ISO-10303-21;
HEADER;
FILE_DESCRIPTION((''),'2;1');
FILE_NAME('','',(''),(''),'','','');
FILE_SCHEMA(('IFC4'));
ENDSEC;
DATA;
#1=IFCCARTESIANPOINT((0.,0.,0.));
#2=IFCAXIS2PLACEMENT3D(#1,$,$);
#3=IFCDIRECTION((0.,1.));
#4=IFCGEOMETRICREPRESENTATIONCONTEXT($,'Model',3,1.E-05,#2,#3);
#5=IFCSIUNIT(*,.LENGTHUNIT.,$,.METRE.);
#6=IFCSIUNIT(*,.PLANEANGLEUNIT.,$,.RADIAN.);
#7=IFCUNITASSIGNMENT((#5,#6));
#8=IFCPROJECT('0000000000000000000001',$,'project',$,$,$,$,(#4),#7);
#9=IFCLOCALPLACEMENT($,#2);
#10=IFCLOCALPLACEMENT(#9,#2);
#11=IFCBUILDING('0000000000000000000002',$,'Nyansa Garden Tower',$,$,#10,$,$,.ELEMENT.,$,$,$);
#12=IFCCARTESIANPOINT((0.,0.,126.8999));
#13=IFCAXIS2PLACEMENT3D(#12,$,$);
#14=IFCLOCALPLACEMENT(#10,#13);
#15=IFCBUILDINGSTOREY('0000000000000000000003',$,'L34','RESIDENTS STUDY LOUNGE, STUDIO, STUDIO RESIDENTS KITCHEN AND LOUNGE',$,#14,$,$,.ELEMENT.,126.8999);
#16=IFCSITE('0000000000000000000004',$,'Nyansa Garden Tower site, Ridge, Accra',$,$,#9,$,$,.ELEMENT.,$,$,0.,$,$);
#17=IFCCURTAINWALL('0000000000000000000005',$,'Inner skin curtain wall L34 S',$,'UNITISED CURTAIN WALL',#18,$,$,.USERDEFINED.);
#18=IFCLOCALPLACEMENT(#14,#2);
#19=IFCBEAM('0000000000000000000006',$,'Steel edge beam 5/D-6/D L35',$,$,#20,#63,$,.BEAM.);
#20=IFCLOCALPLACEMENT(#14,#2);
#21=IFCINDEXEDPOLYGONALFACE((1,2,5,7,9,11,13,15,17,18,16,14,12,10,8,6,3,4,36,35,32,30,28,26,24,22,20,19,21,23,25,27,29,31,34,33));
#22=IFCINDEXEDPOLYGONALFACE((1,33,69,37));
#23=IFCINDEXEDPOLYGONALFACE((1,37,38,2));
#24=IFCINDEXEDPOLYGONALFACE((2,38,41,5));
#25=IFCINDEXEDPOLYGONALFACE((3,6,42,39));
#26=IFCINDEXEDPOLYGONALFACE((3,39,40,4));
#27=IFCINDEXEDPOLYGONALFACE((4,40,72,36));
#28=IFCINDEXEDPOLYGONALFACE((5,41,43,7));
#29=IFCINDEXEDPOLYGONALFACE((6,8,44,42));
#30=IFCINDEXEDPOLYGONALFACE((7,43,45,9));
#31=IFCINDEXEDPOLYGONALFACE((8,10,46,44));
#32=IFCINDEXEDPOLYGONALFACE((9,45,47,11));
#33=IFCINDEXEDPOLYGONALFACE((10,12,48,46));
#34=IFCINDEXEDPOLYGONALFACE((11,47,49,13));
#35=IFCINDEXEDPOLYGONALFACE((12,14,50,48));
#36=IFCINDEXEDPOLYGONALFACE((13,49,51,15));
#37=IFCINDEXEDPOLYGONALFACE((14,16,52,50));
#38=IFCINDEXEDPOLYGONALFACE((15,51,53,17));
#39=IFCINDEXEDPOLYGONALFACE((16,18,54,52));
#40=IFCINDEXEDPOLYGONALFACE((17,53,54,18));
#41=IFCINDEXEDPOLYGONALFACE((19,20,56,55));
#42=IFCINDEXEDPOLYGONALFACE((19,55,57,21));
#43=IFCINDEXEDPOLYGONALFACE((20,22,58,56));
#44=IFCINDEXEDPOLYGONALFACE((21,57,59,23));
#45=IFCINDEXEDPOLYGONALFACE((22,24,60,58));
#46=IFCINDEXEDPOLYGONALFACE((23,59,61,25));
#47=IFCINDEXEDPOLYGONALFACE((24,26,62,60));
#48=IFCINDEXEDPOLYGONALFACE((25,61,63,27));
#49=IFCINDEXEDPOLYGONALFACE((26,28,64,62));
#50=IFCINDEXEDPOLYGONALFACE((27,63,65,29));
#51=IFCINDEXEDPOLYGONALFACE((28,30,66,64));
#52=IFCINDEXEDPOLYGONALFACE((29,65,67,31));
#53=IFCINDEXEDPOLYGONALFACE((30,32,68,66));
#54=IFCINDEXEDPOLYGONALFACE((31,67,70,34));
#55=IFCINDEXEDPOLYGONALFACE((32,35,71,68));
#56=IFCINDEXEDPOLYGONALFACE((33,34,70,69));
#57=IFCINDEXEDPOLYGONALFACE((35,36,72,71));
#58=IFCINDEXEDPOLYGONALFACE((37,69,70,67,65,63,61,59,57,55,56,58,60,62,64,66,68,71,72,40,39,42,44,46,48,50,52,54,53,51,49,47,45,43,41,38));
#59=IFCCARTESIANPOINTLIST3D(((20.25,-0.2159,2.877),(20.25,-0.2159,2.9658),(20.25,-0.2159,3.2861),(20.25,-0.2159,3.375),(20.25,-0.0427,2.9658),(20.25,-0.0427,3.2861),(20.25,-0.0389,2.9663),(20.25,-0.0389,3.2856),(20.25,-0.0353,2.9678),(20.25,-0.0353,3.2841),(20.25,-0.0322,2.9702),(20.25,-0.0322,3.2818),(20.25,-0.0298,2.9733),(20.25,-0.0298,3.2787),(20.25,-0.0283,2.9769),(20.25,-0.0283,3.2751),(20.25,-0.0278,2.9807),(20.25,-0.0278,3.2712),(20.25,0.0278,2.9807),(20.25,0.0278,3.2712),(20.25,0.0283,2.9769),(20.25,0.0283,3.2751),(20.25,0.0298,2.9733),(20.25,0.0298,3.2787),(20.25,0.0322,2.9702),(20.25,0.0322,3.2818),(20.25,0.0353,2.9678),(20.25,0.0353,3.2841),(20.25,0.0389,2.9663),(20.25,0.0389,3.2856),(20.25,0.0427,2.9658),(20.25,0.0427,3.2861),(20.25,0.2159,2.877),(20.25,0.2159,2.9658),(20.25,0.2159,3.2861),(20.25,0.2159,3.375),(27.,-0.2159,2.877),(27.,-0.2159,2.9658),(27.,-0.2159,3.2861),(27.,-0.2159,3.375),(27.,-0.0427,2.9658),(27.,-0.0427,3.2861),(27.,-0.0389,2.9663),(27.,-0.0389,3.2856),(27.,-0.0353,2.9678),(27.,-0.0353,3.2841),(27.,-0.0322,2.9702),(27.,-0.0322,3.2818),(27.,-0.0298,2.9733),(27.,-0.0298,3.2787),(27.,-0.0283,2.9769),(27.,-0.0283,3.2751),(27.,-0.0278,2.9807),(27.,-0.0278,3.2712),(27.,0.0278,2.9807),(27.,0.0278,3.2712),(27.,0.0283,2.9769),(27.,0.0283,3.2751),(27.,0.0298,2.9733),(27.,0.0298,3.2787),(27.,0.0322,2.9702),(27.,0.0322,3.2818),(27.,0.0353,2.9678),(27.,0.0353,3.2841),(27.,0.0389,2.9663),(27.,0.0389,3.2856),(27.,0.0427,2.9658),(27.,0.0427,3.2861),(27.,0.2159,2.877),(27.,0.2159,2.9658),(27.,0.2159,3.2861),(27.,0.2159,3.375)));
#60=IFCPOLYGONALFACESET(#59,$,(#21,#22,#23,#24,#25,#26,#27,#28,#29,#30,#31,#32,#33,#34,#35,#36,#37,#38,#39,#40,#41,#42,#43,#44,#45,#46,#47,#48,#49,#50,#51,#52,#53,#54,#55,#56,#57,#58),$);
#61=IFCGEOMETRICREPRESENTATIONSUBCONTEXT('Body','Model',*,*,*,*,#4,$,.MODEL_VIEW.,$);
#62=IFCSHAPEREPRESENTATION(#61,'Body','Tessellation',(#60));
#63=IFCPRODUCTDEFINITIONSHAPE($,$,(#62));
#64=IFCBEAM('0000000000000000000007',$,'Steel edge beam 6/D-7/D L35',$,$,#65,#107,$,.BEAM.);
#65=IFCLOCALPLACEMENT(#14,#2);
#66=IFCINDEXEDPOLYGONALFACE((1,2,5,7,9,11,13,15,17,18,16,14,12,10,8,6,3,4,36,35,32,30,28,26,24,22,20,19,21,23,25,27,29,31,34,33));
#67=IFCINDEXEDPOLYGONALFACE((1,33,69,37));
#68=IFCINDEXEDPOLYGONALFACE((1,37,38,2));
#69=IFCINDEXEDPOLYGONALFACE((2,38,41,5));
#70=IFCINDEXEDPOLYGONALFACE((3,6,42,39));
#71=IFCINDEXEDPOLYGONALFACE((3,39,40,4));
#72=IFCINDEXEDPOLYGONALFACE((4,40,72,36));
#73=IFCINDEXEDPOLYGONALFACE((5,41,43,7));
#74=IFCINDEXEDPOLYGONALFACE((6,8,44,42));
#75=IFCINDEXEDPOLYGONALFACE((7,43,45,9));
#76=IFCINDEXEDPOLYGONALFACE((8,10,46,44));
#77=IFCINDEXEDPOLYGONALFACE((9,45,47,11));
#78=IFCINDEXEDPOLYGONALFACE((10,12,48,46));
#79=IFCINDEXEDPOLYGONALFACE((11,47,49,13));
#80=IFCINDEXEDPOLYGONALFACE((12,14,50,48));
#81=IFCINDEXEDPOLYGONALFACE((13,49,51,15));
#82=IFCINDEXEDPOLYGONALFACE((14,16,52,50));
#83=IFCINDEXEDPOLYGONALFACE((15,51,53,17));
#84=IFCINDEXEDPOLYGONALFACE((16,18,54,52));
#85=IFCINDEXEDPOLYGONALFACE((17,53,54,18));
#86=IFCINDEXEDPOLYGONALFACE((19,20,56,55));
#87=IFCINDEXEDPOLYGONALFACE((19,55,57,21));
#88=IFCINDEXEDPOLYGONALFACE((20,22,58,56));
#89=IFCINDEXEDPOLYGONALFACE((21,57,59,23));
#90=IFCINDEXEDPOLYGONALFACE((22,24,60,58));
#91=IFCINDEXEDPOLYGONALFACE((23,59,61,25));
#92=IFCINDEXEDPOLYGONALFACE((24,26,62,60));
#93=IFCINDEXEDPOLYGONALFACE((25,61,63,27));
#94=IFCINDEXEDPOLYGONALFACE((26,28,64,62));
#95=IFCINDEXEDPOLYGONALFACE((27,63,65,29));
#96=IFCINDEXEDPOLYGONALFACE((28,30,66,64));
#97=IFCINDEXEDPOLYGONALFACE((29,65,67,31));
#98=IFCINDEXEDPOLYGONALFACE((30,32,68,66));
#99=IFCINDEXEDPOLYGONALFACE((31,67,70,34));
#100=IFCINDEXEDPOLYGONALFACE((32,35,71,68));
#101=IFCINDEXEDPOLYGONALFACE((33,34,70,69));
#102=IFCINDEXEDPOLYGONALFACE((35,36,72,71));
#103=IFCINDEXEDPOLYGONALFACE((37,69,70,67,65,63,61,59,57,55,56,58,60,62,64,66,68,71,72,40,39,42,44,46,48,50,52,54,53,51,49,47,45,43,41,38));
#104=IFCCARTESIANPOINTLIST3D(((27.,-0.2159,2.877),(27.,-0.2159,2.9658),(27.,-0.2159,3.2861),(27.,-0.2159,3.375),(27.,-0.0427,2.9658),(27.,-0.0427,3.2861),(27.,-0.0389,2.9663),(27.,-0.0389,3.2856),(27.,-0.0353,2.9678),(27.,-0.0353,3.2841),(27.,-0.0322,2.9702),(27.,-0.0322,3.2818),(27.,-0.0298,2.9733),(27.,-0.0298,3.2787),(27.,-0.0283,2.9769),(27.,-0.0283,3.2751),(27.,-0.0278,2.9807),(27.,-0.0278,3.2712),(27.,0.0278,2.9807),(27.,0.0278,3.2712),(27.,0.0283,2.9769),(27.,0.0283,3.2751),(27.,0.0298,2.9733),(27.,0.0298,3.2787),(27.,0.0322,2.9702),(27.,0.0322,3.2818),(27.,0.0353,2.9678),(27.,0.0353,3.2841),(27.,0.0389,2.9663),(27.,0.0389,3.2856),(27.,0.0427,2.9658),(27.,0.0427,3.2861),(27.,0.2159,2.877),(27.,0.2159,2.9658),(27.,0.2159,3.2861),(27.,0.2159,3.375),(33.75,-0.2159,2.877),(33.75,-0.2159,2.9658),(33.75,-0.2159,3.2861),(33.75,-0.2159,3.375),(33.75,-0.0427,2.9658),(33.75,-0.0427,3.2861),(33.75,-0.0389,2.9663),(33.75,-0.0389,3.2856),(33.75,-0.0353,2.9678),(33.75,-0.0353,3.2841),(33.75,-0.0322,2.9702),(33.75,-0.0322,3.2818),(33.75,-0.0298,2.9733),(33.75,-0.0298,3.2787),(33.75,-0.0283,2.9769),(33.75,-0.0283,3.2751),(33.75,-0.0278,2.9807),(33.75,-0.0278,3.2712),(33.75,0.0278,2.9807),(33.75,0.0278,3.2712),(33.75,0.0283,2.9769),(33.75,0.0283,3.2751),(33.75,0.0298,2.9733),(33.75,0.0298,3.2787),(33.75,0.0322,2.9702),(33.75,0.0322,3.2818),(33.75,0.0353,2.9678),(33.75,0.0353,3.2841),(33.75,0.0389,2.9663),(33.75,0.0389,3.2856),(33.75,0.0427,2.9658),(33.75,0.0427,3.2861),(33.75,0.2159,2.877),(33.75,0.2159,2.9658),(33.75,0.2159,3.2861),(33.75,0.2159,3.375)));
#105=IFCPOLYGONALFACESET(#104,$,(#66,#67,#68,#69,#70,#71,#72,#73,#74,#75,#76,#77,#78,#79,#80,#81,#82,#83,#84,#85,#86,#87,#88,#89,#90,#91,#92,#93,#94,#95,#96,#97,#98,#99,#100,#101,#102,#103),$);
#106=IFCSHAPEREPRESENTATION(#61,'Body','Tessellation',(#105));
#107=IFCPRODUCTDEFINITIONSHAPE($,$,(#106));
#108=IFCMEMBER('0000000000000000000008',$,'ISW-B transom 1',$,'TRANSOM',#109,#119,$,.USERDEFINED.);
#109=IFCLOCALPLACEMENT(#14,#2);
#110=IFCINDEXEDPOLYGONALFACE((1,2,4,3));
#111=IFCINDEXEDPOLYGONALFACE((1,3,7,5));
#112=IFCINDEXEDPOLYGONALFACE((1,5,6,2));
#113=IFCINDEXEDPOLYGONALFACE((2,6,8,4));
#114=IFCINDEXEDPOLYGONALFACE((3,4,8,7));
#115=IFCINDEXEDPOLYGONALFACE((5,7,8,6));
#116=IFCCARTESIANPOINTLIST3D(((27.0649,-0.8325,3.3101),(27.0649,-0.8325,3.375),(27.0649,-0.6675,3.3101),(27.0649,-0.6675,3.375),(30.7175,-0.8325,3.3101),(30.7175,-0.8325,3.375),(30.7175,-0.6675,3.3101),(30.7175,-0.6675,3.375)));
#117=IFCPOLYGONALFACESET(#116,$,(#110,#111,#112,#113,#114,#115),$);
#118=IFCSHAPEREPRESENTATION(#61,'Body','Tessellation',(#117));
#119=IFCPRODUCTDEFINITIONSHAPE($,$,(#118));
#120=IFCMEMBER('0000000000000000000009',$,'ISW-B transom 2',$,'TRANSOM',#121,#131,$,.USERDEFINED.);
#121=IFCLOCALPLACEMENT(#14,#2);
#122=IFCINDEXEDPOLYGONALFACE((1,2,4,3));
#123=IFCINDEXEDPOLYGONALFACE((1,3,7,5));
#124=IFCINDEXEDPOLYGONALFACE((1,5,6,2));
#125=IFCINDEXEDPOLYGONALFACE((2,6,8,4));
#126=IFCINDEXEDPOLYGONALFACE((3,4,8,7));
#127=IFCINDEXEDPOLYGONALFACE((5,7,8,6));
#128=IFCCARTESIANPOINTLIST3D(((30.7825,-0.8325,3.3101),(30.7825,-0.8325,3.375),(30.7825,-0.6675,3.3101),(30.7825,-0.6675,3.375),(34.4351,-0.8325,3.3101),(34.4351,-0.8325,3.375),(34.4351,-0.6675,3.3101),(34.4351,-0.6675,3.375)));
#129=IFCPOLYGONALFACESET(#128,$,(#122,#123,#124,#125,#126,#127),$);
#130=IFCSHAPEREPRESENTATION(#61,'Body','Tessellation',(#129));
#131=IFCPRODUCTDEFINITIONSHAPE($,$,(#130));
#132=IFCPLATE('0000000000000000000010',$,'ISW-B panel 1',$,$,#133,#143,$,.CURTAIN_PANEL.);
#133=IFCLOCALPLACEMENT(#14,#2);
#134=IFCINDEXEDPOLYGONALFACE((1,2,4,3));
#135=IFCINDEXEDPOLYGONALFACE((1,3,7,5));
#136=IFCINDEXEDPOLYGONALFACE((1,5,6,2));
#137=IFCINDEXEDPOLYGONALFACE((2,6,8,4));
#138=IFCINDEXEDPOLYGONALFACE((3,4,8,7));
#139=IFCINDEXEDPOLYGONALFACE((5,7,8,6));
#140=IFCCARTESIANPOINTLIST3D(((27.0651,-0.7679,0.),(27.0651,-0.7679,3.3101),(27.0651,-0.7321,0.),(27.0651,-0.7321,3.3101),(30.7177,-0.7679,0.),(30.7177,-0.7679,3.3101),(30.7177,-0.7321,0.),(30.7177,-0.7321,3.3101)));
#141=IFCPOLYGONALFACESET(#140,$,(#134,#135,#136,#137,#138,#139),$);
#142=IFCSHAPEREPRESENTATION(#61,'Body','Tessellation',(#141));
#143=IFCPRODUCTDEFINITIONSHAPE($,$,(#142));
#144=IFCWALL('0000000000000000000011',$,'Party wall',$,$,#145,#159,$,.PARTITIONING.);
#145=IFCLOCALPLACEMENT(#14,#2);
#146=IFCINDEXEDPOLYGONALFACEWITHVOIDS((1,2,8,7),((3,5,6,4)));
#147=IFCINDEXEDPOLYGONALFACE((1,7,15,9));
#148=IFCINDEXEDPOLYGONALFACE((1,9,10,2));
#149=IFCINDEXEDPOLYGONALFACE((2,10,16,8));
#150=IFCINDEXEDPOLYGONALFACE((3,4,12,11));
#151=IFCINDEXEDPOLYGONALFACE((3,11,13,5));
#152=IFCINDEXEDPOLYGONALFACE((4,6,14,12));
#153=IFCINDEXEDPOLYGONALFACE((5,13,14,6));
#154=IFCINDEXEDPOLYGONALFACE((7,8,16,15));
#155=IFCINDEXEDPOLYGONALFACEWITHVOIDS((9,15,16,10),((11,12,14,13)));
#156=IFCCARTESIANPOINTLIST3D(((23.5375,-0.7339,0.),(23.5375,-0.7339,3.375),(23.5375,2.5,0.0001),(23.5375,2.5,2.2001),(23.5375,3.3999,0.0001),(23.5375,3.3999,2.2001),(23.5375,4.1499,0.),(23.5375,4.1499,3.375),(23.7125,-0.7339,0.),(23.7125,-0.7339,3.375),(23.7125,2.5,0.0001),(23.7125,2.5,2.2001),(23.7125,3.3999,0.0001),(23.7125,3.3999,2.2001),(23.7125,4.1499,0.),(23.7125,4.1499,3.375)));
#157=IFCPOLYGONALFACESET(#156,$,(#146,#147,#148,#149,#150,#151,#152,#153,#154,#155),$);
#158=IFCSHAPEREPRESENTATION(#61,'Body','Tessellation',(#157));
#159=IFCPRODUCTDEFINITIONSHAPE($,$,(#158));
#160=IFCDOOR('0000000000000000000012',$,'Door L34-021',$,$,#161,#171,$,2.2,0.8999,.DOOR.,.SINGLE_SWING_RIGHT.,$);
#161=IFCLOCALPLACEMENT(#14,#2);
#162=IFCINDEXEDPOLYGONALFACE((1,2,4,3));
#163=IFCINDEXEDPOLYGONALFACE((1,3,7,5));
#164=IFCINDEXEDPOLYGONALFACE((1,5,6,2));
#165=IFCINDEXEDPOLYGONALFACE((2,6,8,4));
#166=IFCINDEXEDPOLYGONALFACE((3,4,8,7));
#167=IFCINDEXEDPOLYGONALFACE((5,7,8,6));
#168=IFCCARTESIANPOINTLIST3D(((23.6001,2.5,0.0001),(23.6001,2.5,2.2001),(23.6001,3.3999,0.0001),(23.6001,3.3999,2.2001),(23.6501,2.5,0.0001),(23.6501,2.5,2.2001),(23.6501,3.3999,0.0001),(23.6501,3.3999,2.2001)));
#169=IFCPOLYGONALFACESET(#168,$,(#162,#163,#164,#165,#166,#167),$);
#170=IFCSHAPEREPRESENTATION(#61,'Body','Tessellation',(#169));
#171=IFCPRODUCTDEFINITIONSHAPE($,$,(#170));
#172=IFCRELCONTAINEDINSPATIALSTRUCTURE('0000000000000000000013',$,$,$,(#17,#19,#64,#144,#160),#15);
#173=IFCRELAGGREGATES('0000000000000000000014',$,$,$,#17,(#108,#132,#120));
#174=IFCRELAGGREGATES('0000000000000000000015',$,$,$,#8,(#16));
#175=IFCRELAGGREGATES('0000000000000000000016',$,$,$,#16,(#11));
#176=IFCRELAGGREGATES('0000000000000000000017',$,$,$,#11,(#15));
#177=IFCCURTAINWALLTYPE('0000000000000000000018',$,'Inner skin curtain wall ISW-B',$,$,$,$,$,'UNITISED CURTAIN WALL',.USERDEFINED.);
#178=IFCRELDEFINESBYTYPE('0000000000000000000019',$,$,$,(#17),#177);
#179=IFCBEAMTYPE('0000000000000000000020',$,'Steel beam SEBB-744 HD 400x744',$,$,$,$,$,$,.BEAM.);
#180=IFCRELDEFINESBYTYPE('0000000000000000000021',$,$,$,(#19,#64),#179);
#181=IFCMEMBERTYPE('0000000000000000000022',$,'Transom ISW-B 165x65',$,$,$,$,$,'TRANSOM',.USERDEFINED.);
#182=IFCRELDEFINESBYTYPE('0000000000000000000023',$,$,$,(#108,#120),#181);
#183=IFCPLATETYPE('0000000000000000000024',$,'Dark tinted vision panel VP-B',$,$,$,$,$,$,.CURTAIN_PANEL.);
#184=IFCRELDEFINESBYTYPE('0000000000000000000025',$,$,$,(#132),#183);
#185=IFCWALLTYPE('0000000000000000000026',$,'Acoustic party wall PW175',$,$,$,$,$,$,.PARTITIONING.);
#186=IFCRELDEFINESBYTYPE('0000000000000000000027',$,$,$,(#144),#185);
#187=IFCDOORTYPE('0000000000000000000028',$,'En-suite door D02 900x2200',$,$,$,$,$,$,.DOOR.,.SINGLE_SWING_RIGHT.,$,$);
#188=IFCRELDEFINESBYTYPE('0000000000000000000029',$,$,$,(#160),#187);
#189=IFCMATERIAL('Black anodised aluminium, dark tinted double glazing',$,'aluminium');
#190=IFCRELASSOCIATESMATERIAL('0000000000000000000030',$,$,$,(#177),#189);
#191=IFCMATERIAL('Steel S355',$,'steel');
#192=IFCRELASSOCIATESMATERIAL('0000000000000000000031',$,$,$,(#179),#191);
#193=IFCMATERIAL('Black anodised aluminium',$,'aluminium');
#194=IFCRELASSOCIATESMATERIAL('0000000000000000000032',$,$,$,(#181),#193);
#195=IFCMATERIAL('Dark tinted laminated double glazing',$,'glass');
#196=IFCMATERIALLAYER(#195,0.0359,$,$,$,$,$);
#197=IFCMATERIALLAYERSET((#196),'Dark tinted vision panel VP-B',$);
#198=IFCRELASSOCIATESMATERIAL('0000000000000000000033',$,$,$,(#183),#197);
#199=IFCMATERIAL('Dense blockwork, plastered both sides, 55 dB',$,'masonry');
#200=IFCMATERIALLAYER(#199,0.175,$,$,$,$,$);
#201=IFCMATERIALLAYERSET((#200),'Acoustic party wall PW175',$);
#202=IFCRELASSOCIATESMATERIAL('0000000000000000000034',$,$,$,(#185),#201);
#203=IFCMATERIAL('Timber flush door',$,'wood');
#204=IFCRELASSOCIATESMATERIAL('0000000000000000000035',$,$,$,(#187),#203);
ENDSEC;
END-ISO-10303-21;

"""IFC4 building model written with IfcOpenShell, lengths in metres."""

from ifc_helpers import new_model, si_unit, direction, frame, frame_2d, origin, origin_2d, place, context, subcontext, project, spatial, rectangle, i_section, extrude, material, layer, layer_set, material_profile, profile_set, type_object, element, fill, aggregate, save


model = new_model("IFC4")

# Units and contexts
model_context = context("Model", 3, precision=1e-05, world=origin(), true_north=direction((0.0, 1.0)))
body_context = subcontext(model_context, "Body", "Model", "MODEL_VIEW")
ifc_project = project(units=[si_unit("LENGTHUNIT", "METRE"), si_unit("PLANEANGLEUNIT", "RADIAN")], contexts=[model_context])

# Site, building, storey
site_placement = place(None, origin())
site = spatial("IfcSite", under=ifc_project, at=site_placement, Name="Nyansa Garden Tower site, Ridge, Accra", CompositionType="ELEMENT", RefElevation=0.0)
building_placement = place(site_placement, origin())
building = spatial("IfcBuilding", under=site, at=building_placement, Name="Nyansa Garden Tower", CompositionType="ELEMENT")
storey_placement = place(building_placement, frame((0.0, 0.0, 126.8999)))
storey = spatial("IfcBuildingStorey", under=building, at=storey_placement, Name="L34", Description="RESIDENTS STUDY LOUNGE, STUDIO, STUDIO RESIDENTS KITCHEN AND LOUNGE", CompositionType="ELEMENT", Elevation=126.8999)

# Shared definitions
ifc_material_1 = material(Name="Black anodised aluminium, dark tinted double glazing", Category="aluminium")
curtain_wall_type = type_object("IfcCurtainWallType", Name="Inner skin curtain wall ISW-B", ElementType="UNITISED CURTAIN WALL", PredefinedType="USERDEFINED", material=ifc_material_1)

# Curtain wall
curtain_wall_1_placement = place(storey_placement, origin())
curtain_wall_1 = element("IfcCurtainWall", 1, at=curtain_wall_1_placement, inside=storey, type_object=curtain_wall_type, Name="Inner skin curtain wall L34 S", ObjectType="UNITISED CURTAIN WALL", PredefinedType="USERDEFINED")

# Beams
ifc_material_2 = material(Name="Steel S355", Category="steel")
ifc_material_profile_1 = material_profile(ifc_material_2, i_section(OverallWidth=0.4319, OverallDepth=0.498, WebThickness=0.0557, FlangeThickness=0.0889, FilletRadius=0.0149, at=origin_2d()), Name="HD 400x744")
ifc_profile_set_1 = profile_set([ifc_material_profile_1], Name="Steel S355")
beam_type_1 = type_object("IfcBeamType", Name="Steel beam SEBB-744 HD 400x744", PredefinedType="BEAM", material=ifc_profile_set_1)
for number, where, z_axis, x_axis, name in (
    (2, (20.25, 0.0, 3.126), (1.0, 0.0, 0.0), (0.0, 1.0, 0.0), "Steel edge beam 5/D-6/D L35"),
    (3, (27.0, 0.0, 3.126), (1.0, 0.0, 0.0), (0.0, 1.0, 0.0), "Steel edge beam 6/D-7/D L35"),
):
    element("IfcBeam", number, at=place(storey_placement, frame(where, z_axis=z_axis, x_axis=x_axis)), inside=storey, type_object=beam_type_1, Name=name, PredefinedType="BEAM", context=body_context, shape_type="SweptSolid", body=[
        extrude(i_section(OverallWidth=0.4319, OverallDepth=0.498, WebThickness=0.0557, FlangeThickness=0.0889, FilletRadius=0.0149, at=origin_2d()), origin(), (0.0, 0.0, 1.0), 6.75),
    ])

# Members
ifc_material_3 = material(Name="Black anodised aluminium", Category="aluminium")
ifc_material_profile_2 = material_profile(ifc_material_3, rectangle(XDim=0.165, YDim=0.0649, at=origin_2d()), Name="Transom 165x65")
ifc_profile_set_2 = profile_set([ifc_material_profile_2], Name="Black anodised aluminium")
member_type_1 = type_object("IfcMemberType", Name="Transom ISW-B 165x65", ElementType="TRANSOM", PredefinedType="USERDEFINED", material=ifc_profile_set_2)
member_1_placement = place(storey_placement, frame((27.0649, -0.75, 3.3425), z_axis=(1.0, 0.0, 0.0), x_axis=(0.0, 1.0, 0.0)))
member_1 = element("IfcMember", 4, at=member_1_placement, type_object=member_type_1, Name="ISW-B transom 1", ObjectType="TRANSOM", PredefinedType="USERDEFINED", context=body_context, shape_type="SweptSolid", body=[
    extrude(rectangle(XDim=0.165, YDim=0.0649, at=origin_2d()), origin(), (0.0, 0.0, 1.0), 3.6526),
])
member_2_placement = place(storey_placement, frame((30.7825, -0.75, 3.3425), z_axis=(1.0, 0.0, 0.0), x_axis=(0.0, 1.0, 0.0)))
member_2 = element("IfcMember", 5, at=member_2_placement, type_object=member_type_1, Name="ISW-B transom 2", ObjectType="TRANSOM", PredefinedType="USERDEFINED", context=body_context, shape_type="SweptSolid", body=[
    extrude(rectangle(XDim=0.165, YDim=0.0649, at=origin_2d()), origin(), (0.0, 0.0, 1.0), 3.6526),
])

# Plate
ifc_material_4 = material(Name="Dark tinted laminated double glazing", Category="glass")
ifc_layer_1 = layer(ifc_material_4, 0.0359)
ifc_layer_set_1 = layer_set([ifc_layer_1], Name="Dark tinted vision panel VP-B")
plate_type = type_object("IfcPlateType", Name="Dark tinted vision panel VP-B", PredefinedType="CURTAIN_PANEL", material=ifc_layer_set_1)
plate_placement = place(storey_placement, frame((28.8914, -0.75, 0.0), z_axis=(0.0, 0.0, 1.0), x_axis=(1.0, 0.0, 0.0)))
plate = element("IfcPlate", 6, at=plate_placement, type_object=plate_type, Name="ISW-B panel 1", PredefinedType="CURTAIN_PANEL", context=body_context, shape_type="SweptSolid", body=[
    extrude(rectangle(XDim=3.6526, YDim=0.0359, at=origin_2d()), origin(), (0.0, 0.0, 1.0), 3.3101),
])
aggregate(curtain_wall_1, [member_1, plate, member_2])

# Wall, opening, door
ifc_material_5 = material(Name="Dense blockwork, plastered both sides, 55 dB", Category="masonry")
ifc_layer_2 = layer(ifc_material_5, 0.175)
ifc_layer_set_2 = layer_set([ifc_layer_2], Name="Acoustic party wall PW175")
wall_type_1 = type_object("IfcWallType", Name="Acoustic party wall PW175", PredefinedType="PARTITIONING", material=ifc_layer_set_2)
wall_1_placement = place(storey_placement, frame((23.625, -0.7339, 0.0), z_axis=(0.0, 0.0, 1.0), x_axis=(0.0, 1.0, 0.0)))
wall_1 = element("IfcWall", 7, at=wall_1_placement, inside=storey, type_object=wall_type_1, Name="Party wall", PredefinedType="PARTITIONING", context=body_context, shape_type="SweptSolid", body=[
    extrude(rectangle(XDim=4.8838, YDim=0.175, at=frame_2d((2.4419, 0.0))), origin(), (0.0, 0.0, 1.0), 3.375),
])
opening_1_placement = place(wall_1_placement, frame((3.2339, 0.0, 0.0)))
opening_1 = element("IfcOpeningElement", 8, at=opening_1_placement, cuts=wall_1, PredefinedType="OPENING", context=body_context, shape_type="SweptSolid", body=[
    extrude(rectangle(XDim=0.8999, YDim=2.2, at=frame_2d((0.45, 1.1001))), frame((0.0, 0.0974, 0.0), z_axis=(0.0, -1.0, 0.0), x_axis=(1.0, 0.0, 0.0)), (0.0, 0.0, 1.0), 0.1951),
])
ifc_material_6 = material(Name="Timber flush door", Category="wood")
door_type_1 = type_object("IfcDoorType", Name="En-suite door D02 900x2200", OperationType="SINGLE_SWING_RIGHT", PredefinedType="DOOR", material=ifc_material_6)
door_1_placement = place(opening_1_placement, origin())
door_1 = element("IfcDoor", 9, at=door_1_placement, inside=storey, type_object=door_type_1, Name="Door L34-021", OperationType="SINGLE_SWING_RIGHT", OverallHeight=2.2, OverallWidth=0.8999, PredefinedType="DOOR", context=body_context, shape_type="SweptSolid", body=[
    extrude(rectangle(XDim=0.8999, YDim=2.2, at=frame_2d((0.45, 1.1001))), frame((0.0, 0.0249, 0.0), z_axis=(0.0, -1.0, 0.0), x_axis=(1.0, 0.0, 0.0)), (0.0, 0.0, 1.0), 0.05),
])
fill(opening_1, door_1)

save(model, "model.ifc")
